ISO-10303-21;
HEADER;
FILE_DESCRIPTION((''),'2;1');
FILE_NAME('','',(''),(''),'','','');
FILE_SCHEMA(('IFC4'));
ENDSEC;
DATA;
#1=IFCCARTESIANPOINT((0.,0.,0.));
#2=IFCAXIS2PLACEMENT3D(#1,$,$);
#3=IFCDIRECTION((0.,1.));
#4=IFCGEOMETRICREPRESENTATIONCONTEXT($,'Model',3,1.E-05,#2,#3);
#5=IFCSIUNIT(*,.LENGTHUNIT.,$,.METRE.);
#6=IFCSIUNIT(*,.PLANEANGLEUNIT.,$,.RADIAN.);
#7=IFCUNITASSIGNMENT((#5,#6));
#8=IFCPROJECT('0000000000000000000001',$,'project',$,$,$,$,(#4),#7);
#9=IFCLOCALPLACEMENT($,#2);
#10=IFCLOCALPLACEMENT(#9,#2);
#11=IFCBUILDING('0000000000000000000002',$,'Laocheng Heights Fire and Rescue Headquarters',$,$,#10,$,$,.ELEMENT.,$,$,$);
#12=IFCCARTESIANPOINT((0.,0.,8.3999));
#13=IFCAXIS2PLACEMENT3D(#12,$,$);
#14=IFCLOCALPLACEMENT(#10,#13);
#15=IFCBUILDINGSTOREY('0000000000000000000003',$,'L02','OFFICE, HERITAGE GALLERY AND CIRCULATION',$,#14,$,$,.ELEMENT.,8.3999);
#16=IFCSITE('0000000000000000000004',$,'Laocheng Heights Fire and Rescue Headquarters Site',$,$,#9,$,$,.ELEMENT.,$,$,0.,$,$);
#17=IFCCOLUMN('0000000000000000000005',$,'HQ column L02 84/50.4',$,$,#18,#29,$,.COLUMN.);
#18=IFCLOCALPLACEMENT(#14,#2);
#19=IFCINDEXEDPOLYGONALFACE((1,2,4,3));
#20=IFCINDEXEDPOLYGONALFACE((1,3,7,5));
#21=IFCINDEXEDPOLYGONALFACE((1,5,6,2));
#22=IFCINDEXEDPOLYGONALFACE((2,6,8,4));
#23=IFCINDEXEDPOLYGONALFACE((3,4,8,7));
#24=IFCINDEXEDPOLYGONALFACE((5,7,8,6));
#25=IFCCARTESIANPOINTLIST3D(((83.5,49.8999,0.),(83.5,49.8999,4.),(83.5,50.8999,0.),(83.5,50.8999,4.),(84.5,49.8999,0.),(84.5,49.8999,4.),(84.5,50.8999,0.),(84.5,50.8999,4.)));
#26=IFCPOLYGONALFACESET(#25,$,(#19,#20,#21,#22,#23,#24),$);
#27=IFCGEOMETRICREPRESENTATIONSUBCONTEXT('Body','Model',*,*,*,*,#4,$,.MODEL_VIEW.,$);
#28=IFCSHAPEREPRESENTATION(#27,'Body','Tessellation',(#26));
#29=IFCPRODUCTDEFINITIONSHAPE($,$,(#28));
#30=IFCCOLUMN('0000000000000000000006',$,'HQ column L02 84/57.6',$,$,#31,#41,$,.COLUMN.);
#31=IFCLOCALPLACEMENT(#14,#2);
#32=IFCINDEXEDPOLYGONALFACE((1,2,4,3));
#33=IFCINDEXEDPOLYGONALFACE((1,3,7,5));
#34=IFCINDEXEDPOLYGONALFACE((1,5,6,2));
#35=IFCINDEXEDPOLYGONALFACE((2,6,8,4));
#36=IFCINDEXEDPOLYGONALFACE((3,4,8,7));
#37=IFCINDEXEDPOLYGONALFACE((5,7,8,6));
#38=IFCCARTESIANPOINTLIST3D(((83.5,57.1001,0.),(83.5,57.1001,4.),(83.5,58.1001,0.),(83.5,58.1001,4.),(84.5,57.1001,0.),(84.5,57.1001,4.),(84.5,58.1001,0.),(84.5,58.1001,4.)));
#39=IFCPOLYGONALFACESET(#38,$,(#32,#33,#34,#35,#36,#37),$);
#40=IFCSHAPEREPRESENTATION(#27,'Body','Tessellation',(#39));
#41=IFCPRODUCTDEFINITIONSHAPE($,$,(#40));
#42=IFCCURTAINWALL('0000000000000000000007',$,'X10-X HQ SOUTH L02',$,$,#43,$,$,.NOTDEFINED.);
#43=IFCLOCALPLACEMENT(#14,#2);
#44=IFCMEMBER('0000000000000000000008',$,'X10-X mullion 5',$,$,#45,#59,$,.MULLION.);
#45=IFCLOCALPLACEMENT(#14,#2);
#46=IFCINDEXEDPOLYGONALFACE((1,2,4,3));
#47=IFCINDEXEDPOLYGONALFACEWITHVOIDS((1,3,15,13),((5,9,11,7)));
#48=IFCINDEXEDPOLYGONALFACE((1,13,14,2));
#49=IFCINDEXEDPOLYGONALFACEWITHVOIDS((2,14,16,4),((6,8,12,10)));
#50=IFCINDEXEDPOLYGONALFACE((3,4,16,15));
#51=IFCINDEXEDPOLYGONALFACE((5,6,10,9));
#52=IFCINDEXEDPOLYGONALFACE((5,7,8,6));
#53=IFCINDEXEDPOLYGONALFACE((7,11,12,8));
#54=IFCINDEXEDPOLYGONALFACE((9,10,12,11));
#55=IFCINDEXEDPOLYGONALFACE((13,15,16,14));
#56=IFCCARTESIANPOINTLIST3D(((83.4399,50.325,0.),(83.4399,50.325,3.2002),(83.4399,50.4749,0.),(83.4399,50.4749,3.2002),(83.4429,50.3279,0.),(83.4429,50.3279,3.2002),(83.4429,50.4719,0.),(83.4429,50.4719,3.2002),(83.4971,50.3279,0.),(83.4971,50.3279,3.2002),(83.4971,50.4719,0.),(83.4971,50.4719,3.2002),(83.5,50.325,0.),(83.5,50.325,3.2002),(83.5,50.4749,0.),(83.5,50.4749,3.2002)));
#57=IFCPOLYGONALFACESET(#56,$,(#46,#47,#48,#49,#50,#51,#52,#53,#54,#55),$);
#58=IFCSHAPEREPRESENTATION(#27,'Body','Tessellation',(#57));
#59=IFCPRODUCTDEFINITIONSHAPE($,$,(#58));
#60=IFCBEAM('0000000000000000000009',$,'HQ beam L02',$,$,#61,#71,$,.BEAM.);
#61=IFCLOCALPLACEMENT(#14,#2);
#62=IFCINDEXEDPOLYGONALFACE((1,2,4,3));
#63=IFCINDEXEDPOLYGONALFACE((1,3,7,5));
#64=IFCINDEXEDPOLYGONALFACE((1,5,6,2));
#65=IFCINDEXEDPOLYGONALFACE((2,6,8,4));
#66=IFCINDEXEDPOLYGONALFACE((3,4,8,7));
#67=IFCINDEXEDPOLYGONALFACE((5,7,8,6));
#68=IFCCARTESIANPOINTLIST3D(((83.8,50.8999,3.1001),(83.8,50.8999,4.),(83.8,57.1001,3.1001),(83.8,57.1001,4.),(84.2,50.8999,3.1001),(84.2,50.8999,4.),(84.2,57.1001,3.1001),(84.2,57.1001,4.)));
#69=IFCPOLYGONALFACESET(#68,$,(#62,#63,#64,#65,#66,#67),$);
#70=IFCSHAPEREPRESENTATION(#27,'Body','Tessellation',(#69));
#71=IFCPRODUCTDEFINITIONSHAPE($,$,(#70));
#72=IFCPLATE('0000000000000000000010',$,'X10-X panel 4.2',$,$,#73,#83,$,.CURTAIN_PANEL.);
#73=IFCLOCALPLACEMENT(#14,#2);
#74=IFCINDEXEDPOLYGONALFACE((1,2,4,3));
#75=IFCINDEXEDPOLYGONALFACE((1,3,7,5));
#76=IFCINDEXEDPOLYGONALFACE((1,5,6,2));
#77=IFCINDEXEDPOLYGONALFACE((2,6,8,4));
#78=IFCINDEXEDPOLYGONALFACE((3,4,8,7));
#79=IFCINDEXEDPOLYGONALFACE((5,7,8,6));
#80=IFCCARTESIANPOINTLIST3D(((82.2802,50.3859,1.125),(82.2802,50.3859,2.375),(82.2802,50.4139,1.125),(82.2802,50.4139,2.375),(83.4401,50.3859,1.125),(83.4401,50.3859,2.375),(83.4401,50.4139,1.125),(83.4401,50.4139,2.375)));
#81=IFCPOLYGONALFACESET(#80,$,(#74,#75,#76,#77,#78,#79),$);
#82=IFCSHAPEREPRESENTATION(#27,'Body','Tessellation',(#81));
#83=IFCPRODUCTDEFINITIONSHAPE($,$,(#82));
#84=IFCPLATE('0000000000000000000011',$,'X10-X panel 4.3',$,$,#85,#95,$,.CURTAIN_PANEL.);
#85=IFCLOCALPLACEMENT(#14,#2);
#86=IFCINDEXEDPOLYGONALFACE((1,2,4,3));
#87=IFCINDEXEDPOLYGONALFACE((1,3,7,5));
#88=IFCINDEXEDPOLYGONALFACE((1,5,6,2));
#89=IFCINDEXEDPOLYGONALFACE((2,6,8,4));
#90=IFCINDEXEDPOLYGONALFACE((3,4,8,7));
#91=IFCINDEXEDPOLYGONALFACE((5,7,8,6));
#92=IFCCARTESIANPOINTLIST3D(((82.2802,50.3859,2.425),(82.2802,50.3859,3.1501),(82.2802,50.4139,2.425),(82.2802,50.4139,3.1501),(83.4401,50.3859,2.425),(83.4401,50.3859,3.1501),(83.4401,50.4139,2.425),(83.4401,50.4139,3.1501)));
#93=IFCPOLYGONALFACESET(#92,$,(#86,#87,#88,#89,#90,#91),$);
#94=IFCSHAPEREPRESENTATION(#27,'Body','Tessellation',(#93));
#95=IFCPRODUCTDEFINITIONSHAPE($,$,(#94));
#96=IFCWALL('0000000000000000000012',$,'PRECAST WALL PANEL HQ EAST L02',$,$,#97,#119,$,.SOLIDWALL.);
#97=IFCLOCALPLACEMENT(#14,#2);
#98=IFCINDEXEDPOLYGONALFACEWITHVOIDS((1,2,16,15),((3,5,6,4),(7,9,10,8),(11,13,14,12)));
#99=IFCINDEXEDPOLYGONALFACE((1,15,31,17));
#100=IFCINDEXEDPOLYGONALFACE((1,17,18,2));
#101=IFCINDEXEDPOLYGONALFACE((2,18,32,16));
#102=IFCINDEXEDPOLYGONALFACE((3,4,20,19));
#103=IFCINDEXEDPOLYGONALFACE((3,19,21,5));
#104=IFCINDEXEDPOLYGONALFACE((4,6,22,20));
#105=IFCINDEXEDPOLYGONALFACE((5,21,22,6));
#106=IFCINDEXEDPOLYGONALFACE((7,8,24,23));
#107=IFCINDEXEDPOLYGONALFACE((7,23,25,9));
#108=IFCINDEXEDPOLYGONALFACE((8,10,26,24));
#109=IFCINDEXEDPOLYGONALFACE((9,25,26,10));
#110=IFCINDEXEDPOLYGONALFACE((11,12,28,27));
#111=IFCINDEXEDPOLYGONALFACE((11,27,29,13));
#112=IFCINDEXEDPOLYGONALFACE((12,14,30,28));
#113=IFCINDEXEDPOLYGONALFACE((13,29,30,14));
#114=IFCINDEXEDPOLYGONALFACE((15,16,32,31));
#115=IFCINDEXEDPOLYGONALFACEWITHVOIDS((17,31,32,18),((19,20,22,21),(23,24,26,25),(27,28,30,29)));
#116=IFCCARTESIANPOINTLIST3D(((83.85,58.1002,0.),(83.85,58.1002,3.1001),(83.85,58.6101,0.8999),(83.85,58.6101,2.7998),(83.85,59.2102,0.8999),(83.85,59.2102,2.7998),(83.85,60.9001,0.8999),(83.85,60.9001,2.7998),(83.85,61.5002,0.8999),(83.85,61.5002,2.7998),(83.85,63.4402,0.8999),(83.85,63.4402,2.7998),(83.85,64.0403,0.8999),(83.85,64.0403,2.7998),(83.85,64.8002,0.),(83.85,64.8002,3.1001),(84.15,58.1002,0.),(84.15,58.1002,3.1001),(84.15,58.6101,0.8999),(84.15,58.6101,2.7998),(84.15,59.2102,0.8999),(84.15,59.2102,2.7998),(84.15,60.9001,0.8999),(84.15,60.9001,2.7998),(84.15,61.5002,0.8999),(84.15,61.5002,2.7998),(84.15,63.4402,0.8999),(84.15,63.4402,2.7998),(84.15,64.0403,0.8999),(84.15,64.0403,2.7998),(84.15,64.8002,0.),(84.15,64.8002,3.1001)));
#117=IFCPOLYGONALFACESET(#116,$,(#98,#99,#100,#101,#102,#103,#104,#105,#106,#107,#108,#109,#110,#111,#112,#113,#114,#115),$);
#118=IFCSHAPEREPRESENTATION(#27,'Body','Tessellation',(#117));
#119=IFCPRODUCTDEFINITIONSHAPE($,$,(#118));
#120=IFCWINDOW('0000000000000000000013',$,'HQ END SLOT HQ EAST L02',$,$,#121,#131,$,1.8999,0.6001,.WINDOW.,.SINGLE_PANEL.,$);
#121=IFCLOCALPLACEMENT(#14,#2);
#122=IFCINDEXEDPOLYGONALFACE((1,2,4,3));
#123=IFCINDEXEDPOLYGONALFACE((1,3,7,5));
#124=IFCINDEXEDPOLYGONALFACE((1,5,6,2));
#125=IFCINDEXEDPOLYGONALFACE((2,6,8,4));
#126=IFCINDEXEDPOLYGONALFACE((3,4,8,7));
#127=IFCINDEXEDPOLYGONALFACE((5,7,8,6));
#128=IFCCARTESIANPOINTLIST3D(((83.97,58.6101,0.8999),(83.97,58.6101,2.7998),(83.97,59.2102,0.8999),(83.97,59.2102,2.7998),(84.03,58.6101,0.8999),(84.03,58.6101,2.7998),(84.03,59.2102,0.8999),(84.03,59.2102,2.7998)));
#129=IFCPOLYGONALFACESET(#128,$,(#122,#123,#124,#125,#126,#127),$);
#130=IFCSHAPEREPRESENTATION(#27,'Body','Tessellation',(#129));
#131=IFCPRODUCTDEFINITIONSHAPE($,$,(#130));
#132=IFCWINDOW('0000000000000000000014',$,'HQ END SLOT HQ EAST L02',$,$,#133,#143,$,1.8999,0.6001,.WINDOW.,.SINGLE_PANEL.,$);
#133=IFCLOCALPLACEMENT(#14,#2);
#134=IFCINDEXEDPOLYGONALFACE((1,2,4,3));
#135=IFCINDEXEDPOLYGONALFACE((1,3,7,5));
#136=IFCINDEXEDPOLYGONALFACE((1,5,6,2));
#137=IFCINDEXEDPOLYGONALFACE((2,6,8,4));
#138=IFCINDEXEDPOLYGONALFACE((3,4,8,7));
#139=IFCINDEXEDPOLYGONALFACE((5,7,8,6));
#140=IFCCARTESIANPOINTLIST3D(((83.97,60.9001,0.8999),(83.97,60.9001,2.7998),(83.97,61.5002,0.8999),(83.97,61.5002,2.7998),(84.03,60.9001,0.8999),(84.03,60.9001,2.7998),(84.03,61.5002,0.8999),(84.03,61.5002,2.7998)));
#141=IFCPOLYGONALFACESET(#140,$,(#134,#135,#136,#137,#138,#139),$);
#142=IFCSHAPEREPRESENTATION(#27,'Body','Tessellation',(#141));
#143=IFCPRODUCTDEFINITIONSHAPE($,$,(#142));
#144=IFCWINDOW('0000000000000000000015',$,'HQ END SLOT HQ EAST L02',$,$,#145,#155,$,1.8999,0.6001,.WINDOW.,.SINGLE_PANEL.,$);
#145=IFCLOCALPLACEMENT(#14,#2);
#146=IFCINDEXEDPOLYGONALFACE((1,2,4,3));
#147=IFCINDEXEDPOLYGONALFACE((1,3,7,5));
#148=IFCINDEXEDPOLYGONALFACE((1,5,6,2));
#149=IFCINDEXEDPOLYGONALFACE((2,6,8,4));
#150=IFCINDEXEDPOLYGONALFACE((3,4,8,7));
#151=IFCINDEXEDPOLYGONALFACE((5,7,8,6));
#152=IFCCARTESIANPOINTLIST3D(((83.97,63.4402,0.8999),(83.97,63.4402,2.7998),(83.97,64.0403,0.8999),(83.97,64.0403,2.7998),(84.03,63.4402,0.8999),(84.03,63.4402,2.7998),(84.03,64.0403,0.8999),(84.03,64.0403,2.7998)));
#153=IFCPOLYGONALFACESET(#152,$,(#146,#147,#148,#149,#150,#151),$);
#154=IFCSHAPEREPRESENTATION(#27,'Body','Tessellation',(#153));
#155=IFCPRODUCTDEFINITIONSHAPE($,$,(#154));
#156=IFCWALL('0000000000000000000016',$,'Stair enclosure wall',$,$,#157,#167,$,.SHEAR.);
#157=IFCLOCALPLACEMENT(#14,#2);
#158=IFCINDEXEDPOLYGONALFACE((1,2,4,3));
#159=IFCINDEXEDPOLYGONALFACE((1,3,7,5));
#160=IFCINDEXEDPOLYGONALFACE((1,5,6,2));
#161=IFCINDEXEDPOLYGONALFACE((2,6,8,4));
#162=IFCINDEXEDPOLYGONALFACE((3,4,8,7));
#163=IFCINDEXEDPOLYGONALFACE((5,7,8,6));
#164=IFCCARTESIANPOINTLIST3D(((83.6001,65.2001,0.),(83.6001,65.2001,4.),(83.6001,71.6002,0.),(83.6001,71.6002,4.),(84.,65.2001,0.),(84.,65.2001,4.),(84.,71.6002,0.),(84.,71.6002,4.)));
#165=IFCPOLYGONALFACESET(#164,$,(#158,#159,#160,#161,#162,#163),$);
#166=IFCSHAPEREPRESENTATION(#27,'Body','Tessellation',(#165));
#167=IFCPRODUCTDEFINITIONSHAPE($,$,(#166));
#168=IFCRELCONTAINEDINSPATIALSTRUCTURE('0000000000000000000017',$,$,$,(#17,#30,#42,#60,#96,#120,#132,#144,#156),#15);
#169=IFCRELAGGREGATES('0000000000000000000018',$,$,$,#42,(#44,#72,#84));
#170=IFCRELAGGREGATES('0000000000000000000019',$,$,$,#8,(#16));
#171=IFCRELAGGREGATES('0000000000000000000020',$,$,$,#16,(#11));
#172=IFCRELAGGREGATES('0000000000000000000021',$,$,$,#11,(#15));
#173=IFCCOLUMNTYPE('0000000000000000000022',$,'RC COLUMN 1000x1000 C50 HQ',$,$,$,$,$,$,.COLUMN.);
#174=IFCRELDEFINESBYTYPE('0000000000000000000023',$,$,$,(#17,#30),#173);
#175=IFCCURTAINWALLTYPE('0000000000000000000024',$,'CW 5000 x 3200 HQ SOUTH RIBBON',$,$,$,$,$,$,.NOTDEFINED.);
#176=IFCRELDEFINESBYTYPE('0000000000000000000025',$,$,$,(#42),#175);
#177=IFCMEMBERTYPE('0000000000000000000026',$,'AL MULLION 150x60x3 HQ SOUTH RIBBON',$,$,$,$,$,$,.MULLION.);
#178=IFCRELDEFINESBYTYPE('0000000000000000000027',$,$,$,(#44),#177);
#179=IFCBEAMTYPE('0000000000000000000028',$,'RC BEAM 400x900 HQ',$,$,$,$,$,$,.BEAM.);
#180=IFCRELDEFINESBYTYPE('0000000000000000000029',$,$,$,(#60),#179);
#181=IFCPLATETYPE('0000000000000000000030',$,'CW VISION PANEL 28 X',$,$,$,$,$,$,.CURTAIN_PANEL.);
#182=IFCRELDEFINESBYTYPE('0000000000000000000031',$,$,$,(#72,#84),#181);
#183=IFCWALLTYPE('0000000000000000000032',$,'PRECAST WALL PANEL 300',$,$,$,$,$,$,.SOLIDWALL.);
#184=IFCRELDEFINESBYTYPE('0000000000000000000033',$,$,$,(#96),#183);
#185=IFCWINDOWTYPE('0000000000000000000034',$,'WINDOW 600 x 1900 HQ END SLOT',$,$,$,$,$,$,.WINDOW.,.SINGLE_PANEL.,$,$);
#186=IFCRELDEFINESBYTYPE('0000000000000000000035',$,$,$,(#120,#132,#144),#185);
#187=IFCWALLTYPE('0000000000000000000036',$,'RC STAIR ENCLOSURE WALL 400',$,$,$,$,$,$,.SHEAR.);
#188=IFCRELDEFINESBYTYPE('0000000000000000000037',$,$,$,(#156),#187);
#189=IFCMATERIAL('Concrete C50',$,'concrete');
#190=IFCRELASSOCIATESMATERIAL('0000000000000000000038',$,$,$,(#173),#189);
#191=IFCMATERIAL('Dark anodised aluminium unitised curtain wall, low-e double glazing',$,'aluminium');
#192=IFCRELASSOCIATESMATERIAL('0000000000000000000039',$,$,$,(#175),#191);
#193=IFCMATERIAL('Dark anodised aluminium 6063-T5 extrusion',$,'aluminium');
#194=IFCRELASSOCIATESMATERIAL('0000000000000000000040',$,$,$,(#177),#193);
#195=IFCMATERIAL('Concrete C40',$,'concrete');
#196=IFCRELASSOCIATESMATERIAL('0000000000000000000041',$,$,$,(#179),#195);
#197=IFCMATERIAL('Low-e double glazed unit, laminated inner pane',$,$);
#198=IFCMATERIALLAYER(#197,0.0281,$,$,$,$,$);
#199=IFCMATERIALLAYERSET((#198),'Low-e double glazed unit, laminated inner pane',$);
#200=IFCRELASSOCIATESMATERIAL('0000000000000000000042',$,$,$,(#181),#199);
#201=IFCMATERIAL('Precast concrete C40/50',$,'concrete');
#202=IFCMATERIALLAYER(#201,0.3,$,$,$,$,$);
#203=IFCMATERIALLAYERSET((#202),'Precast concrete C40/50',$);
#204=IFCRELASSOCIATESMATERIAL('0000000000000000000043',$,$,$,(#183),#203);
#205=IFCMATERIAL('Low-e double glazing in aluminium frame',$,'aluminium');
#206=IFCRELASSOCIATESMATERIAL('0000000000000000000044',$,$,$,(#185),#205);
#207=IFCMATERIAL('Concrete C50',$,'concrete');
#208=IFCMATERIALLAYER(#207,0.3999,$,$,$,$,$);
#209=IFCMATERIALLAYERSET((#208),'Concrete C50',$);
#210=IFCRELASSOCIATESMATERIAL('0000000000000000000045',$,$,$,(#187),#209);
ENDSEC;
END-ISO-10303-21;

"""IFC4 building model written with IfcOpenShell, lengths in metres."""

from ifc_helpers import new_model, si_unit, direction, frame, frame_2d, origin, origin_2d, place, context, subcontext, project, spatial, rectangle, hollow_rectangle, extrude, material, layer, layer_set, material_profile, profile_set, type_object, element, fill, aggregate, save


model = new_model("IFC4")

# Units and contexts
model_context = context("Model", 3, precision=1e-05, world=origin(), true_north=direction((0.0, 1.0)))
body_context = subcontext(model_context, "Body", "Model", "MODEL_VIEW")
ifc_project = project(units=[si_unit("LENGTHUNIT", "METRE"), si_unit("PLANEANGLEUNIT", "RADIAN")], contexts=[model_context])

# Site, building, storey
site_placement = place(None, origin())
site = spatial("IfcSite", under=ifc_project, at=site_placement, Name="Laocheng Heights Fire and Rescue Headquarters Site", CompositionType="ELEMENT", RefElevation=0.0)
building_placement = place(site_placement, origin())
building = spatial("IfcBuilding", under=site, at=building_placement, Name="Laocheng Heights Fire and Rescue Headquarters", CompositionType="ELEMENT")
storey_placement = place(building_placement, frame((0.0, 0.0, 8.3999)))
storey = spatial("IfcBuildingStorey", under=building, at=storey_placement, Name="L02", Description="OFFICE, HERITAGE GALLERY AND CIRCULATION", CompositionType="ELEMENT", Elevation=8.3999)

# Columns
ifc_material_1 = material(Name="Concrete C50", Category="concrete")
ifc_material_profile_1 = material_profile(ifc_material_1, rectangle(XDim=1.0, YDim=1.0, at=origin_2d()), Name="RC COLUMN 1000x1000 C50 HQ")
ifc_profile_set_1 = profile_set([ifc_material_profile_1], Name="Concrete C50")
column_type = type_object("IfcColumnType", Name="RC COLUMN 1000x1000 C50 HQ", PredefinedType="COLUMN", material=ifc_profile_set_1)
for number, where, z_axis, x_axis, name in (
    (1, (84.0, 50.3999, 0.0), (0.0, 0.0, 1.0), (1.0, 0.0, 0.0), "HQ column L02 84/50.4"),
    (2, (84.0, 57.6001, 0.0), (0.0, 0.0, 1.0), (1.0, 0.0, 0.0), "HQ column L02 84/57.6"),
):
    element("IfcColumn", number, at=place(storey_placement, frame(where, z_axis=z_axis, x_axis=x_axis)), inside=storey, type_object=column_type, Name=name, PredefinedType="COLUMN", context=body_context, shape_type="SweptSolid", body=[
        extrude(rectangle(XDim=1.0, YDim=1.0, at=origin_2d()), origin(), (0.0, 0.0, 1.0), 4.0),
    ])

# Curtain wall, member
ifc_material_2 = material(Name="Dark anodised aluminium unitised curtain wall, low-e double glazing", Category="aluminium")
curtain_wall_type = type_object("IfcCurtainWallType", Name="CW 5000 x 3200 HQ SOUTH RIBBON", PredefinedType="NOTDEFINED", material=ifc_material_2)
curtain_wall_placement = place(storey_placement, origin())
curtain_wall = element("IfcCurtainWall", 3, at=curtain_wall_placement, inside=storey, type_object=curtain_wall_type, Name="X10-X HQ SOUTH L02", PredefinedType="NOTDEFINED")
ifc_material_3 = material(Name="Dark anodised aluminium 6063-T5 extrusion", Category="aluminium")
ifc_material_profile_2 = material_profile(ifc_material_3, hollow_rectangle(XDim=0.1499, YDim=0.0601, WallThickness=0.0029, at=origin_2d()), Name="AL MULLION 150x60x3 HQ SOUTH RIBBON")
ifc_profile_set_2 = profile_set([ifc_material_profile_2], Name="Dark anodised aluminium 6063-T5 extrusion")
member_type = type_object("IfcMemberType", Name="AL MULLION 150x60x3 HQ SOUTH RIBBON", PredefinedType="MULLION", material=ifc_profile_set_2)
member_placement = place(storey_placement, frame((83.47, 50.3999, 0.0), z_axis=(0.0, 0.0, 1.0), x_axis=(0.0, 1.0, 0.0)))
member = element("IfcMember", 4, at=member_placement, type_object=member_type, Name="X10-X mullion 5", PredefinedType="MULLION", context=body_context, shape_type="SweptSolid", body=[
    extrude(hollow_rectangle(XDim=0.1499, YDim=0.0601, WallThickness=0.0029, at=origin_2d()), origin(), (0.0, 0.0, 1.0), 3.2002),
])

# Beam
ifc_material_4 = material(Name="Concrete C40", Category="concrete")
ifc_material_profile_3 = material_profile(ifc_material_4, rectangle(XDim=0.3999, YDim=0.8999, at=origin_2d()), Name="RC BEAM 400x900 HQ")
ifc_profile_set_3 = profile_set([ifc_material_profile_3], Name="Concrete C40")
beam_type = type_object("IfcBeamType", Name="RC BEAM 400x900 HQ", PredefinedType="BEAM", material=ifc_profile_set_3)
beam_placement = place(storey_placement, frame((84.0, 50.8999, 3.55), z_axis=(0.0, 1.0, 0.0), x_axis=(-1.0, 0.0, 0.0)))
element("IfcBeam", 5, at=beam_placement, inside=storey, type_object=beam_type, Name="HQ beam L02", PredefinedType="BEAM", context=body_context, shape_type="SweptSolid", body=[
    extrude(rectangle(XDim=0.3999, YDim=0.8999, at=origin_2d()), origin(), (0.0, 0.0, 1.0), 6.2002),
])

# Plates
ifc_material_5 = material(Name="Low-e double glazed unit, laminated inner pane")
ifc_layer_1 = layer(ifc_material_5, 0.0281)
ifc_layer_set_1 = layer_set([ifc_layer_1], Name="Low-e double glazed unit, laminated inner pane")
plate_type = type_object("IfcPlateType", Name="CW VISION PANEL 28 X", PredefinedType="CURTAIN_PANEL", material=ifc_layer_set_1)
plate_1_placement = place(storey_placement, frame((82.8601, 50.3999, 1.125), z_axis=(0.0, 0.0, 1.0), x_axis=(1.0, 0.0, 0.0)))
plate_1 = element("IfcPlate", 6, at=plate_1_placement, type_object=plate_type, Name="X10-X panel 4.2", PredefinedType="CURTAIN_PANEL", context=body_context, shape_type="SweptSolid", body=[
    extrude(rectangle(XDim=1.1599, YDim=0.0281, at=origin_2d()), origin(), (0.0, 0.0, 1.0), 1.25),
])
plate_2_placement = place(storey_placement, frame((82.8601, 50.3999, 2.425), z_axis=(0.0, 0.0, 1.0), x_axis=(1.0, 0.0, 0.0)))
plate_2 = element("IfcPlate", 7, at=plate_2_placement, type_object=plate_type, Name="X10-X panel 4.3", PredefinedType="CURTAIN_PANEL", context=body_context, shape_type="SweptSolid", body=[
    extrude(rectangle(XDim=1.1599, YDim=0.0281, at=origin_2d()), origin(), (0.0, 0.0, 1.0), 0.7251),
])
aggregate(curtain_wall, [member, plate_1, plate_2])

# Shared definitions
ifc_material_6 = material(Name="Precast concrete C40/50", Category="concrete")
ifc_layer_2 = layer(ifc_material_6, 0.3)
ifc_layer_set_2 = layer_set([ifc_layer_2], Name="Precast concrete C40/50")
wall_type_1 = type_object("IfcWallType", Name="PRECAST WALL PANEL 300", PredefinedType="SOLIDWALL", material=ifc_layer_set_2)
ifc_material_7 = material(Name="Low-e double glazing in aluminium frame", Category="aluminium")
window_type = type_object("IfcWindowType", Name="WINDOW 600 x 1900 HQ END SLOT", PartitioningType="SINGLE_PANEL", PredefinedType="WINDOW", material=ifc_material_7)

# Wall, openings, windows
wall_1_placement = place(storey_placement, frame((84.0, 58.1001, 0.0), z_axis=(0.0, 0.0, 1.0), x_axis=(0.0, 1.0, 0.0)))
wall_1 = element("IfcWall", 8, at=wall_1_placement, inside=storey, type_object=wall_type_1, Name="PRECAST WALL PANEL HQ EAST L02", PredefinedType="SOLIDWALL", context=body_context, shape_type="SweptSolid", body=[
    extrude(rectangle(XDim=6.7, YDim=0.3, at=frame_2d((3.3501, 0.0))), origin(), (0.0, 0.0, 1.0), 3.1001),
])
opening_1_placement = place(wall_1_placement, frame((0.51, 0.0, 0.8999)))
opening_1 = element("IfcOpeningElement", 9, at=opening_1_placement, cuts=wall_1, PredefinedType="OPENING", context=body_context, shape_type="SweptSolid", body=[
    extrude(rectangle(XDim=0.6001, YDim=1.8999, at=frame_2d((0.3, 0.95))), frame((0.0, 0.1599, 0.0), z_axis=(0.0, -1.0, 0.0), x_axis=(1.0, 0.0, 0.0)), (0.0, 0.0, 1.0), 0.3201),
])
opening_2_placement = place(wall_1_placement, frame((2.8, 0.0, 0.8999)))
opening_2 = element("IfcOpeningElement", 10, at=opening_2_placement, cuts=wall_1, PredefinedType="OPENING", context=body_context, shape_type="SweptSolid", body=[
    extrude(rectangle(XDim=0.6001, YDim=1.8999, at=frame_2d((0.3, 0.95))), frame((0.0, 0.1599, 0.0), z_axis=(0.0, -1.0, 0.0), x_axis=(1.0, 0.0, 0.0)), (0.0, 0.0, 1.0), 0.3201),
])
opening_3_placement = place(wall_1_placement, frame((5.3401, 0.0, 0.8999)))
opening_3 = element("IfcOpeningElement", 11, at=opening_3_placement, cuts=wall_1, PredefinedType="OPENING", context=body_context, shape_type="SweptSolid", body=[
    extrude(rectangle(XDim=0.6001, YDim=1.8999, at=frame_2d((0.3, 0.95))), frame((0.0, 0.1599, 0.0), z_axis=(0.0, -1.0, 0.0), x_axis=(1.0, 0.0, 0.0)), (0.0, 0.0, 1.0), 0.3201),
])
window_1_placement = place(opening_1_placement, origin())
window_1 = element("IfcWindow", 12, at=window_1_placement, inside=storey, type_object=window_type, Name="HQ END SLOT HQ EAST L02", OverallHeight=1.8999, OverallWidth=0.6001, PartitioningType="SINGLE_PANEL", PredefinedType="WINDOW", context=body_context, shape_type="SweptSolid", body=[
    extrude(rectangle(XDim=0.6001, YDim=1.8999, at=frame_2d((0.3, 0.95))), frame((0.0, 0.03, 0.0), z_axis=(0.0, -1.0, 0.0), x_axis=(1.0, 0.0, 0.0)), (0.0, 0.0, 1.0), 0.0601),
])
fill(opening_1, window_1)
window_2_placement = place(opening_2_placement, origin())
window_2 = element("IfcWindow", 13, at=window_2_placement, inside=storey, type_object=window_type, Name="HQ END SLOT HQ EAST L02", OverallHeight=1.8999, OverallWidth=0.6001, PartitioningType="SINGLE_PANEL", PredefinedType="WINDOW", context=body_context, shape_type="SweptSolid", body=[
    extrude(rectangle(XDim=0.6001, YDim=1.8999, at=frame_2d((0.3, 0.95))), frame((0.0, 0.03, 0.0), z_axis=(0.0, -1.0, 0.0), x_axis=(1.0, 0.0, 0.0)), (0.0, 0.0, 1.0), 0.0601),
])
fill(opening_2, window_2)
window_3_placement = place(opening_3_placement, origin())
window_3 = element("IfcWindow", 14, at=window_3_placement, inside=storey, type_object=window_type, Name="HQ END SLOT HQ EAST L02", OverallHeight=1.8999, OverallWidth=0.6001, PartitioningType="SINGLE_PANEL", PredefinedType="WINDOW", context=body_context, shape_type="SweptSolid", body=[
    extrude(rectangle(XDim=0.6001, YDim=1.8999, at=frame_2d((0.3, 0.95))), frame((0.0, 0.03, 0.0), z_axis=(0.0, -1.0, 0.0), x_axis=(1.0, 0.0, 0.0)), (0.0, 0.0, 1.0), 0.0601),
])
fill(opening_3, window_3)

# Wall
ifc_material_8 = material(Name="Concrete C50", Category="concrete")
ifc_layer_3 = layer(ifc_material_8, 0.3999)
ifc_layer_set_3 = layer_set([ifc_layer_3], Name="Concrete C50")
wall_type_2 = type_object("IfcWallType", Name="RC STAIR ENCLOSURE WALL 400", PredefinedType="SHEAR", material=ifc_layer_set_3)
wall_2_placement = place(storey_placement, frame((83.8, 65.2, 0.0), z_axis=(0.0, 0.0, 1.0), x_axis=(0.0, 1.0, 0.0)))
element("IfcWall", 15, at=wall_2_placement, inside=storey, type_object=wall_type_2, Name="Stair enclosure wall", PredefinedType="SHEAR", context=body_context, shape_type="SweptSolid", body=[
    extrude(rectangle(XDim=6.4001, YDim=0.3999, at=frame_2d((3.2002, 0.0))), origin(), (0.0, 0.0, 1.0), 4.0),
])

save(model, "model.ifc")
